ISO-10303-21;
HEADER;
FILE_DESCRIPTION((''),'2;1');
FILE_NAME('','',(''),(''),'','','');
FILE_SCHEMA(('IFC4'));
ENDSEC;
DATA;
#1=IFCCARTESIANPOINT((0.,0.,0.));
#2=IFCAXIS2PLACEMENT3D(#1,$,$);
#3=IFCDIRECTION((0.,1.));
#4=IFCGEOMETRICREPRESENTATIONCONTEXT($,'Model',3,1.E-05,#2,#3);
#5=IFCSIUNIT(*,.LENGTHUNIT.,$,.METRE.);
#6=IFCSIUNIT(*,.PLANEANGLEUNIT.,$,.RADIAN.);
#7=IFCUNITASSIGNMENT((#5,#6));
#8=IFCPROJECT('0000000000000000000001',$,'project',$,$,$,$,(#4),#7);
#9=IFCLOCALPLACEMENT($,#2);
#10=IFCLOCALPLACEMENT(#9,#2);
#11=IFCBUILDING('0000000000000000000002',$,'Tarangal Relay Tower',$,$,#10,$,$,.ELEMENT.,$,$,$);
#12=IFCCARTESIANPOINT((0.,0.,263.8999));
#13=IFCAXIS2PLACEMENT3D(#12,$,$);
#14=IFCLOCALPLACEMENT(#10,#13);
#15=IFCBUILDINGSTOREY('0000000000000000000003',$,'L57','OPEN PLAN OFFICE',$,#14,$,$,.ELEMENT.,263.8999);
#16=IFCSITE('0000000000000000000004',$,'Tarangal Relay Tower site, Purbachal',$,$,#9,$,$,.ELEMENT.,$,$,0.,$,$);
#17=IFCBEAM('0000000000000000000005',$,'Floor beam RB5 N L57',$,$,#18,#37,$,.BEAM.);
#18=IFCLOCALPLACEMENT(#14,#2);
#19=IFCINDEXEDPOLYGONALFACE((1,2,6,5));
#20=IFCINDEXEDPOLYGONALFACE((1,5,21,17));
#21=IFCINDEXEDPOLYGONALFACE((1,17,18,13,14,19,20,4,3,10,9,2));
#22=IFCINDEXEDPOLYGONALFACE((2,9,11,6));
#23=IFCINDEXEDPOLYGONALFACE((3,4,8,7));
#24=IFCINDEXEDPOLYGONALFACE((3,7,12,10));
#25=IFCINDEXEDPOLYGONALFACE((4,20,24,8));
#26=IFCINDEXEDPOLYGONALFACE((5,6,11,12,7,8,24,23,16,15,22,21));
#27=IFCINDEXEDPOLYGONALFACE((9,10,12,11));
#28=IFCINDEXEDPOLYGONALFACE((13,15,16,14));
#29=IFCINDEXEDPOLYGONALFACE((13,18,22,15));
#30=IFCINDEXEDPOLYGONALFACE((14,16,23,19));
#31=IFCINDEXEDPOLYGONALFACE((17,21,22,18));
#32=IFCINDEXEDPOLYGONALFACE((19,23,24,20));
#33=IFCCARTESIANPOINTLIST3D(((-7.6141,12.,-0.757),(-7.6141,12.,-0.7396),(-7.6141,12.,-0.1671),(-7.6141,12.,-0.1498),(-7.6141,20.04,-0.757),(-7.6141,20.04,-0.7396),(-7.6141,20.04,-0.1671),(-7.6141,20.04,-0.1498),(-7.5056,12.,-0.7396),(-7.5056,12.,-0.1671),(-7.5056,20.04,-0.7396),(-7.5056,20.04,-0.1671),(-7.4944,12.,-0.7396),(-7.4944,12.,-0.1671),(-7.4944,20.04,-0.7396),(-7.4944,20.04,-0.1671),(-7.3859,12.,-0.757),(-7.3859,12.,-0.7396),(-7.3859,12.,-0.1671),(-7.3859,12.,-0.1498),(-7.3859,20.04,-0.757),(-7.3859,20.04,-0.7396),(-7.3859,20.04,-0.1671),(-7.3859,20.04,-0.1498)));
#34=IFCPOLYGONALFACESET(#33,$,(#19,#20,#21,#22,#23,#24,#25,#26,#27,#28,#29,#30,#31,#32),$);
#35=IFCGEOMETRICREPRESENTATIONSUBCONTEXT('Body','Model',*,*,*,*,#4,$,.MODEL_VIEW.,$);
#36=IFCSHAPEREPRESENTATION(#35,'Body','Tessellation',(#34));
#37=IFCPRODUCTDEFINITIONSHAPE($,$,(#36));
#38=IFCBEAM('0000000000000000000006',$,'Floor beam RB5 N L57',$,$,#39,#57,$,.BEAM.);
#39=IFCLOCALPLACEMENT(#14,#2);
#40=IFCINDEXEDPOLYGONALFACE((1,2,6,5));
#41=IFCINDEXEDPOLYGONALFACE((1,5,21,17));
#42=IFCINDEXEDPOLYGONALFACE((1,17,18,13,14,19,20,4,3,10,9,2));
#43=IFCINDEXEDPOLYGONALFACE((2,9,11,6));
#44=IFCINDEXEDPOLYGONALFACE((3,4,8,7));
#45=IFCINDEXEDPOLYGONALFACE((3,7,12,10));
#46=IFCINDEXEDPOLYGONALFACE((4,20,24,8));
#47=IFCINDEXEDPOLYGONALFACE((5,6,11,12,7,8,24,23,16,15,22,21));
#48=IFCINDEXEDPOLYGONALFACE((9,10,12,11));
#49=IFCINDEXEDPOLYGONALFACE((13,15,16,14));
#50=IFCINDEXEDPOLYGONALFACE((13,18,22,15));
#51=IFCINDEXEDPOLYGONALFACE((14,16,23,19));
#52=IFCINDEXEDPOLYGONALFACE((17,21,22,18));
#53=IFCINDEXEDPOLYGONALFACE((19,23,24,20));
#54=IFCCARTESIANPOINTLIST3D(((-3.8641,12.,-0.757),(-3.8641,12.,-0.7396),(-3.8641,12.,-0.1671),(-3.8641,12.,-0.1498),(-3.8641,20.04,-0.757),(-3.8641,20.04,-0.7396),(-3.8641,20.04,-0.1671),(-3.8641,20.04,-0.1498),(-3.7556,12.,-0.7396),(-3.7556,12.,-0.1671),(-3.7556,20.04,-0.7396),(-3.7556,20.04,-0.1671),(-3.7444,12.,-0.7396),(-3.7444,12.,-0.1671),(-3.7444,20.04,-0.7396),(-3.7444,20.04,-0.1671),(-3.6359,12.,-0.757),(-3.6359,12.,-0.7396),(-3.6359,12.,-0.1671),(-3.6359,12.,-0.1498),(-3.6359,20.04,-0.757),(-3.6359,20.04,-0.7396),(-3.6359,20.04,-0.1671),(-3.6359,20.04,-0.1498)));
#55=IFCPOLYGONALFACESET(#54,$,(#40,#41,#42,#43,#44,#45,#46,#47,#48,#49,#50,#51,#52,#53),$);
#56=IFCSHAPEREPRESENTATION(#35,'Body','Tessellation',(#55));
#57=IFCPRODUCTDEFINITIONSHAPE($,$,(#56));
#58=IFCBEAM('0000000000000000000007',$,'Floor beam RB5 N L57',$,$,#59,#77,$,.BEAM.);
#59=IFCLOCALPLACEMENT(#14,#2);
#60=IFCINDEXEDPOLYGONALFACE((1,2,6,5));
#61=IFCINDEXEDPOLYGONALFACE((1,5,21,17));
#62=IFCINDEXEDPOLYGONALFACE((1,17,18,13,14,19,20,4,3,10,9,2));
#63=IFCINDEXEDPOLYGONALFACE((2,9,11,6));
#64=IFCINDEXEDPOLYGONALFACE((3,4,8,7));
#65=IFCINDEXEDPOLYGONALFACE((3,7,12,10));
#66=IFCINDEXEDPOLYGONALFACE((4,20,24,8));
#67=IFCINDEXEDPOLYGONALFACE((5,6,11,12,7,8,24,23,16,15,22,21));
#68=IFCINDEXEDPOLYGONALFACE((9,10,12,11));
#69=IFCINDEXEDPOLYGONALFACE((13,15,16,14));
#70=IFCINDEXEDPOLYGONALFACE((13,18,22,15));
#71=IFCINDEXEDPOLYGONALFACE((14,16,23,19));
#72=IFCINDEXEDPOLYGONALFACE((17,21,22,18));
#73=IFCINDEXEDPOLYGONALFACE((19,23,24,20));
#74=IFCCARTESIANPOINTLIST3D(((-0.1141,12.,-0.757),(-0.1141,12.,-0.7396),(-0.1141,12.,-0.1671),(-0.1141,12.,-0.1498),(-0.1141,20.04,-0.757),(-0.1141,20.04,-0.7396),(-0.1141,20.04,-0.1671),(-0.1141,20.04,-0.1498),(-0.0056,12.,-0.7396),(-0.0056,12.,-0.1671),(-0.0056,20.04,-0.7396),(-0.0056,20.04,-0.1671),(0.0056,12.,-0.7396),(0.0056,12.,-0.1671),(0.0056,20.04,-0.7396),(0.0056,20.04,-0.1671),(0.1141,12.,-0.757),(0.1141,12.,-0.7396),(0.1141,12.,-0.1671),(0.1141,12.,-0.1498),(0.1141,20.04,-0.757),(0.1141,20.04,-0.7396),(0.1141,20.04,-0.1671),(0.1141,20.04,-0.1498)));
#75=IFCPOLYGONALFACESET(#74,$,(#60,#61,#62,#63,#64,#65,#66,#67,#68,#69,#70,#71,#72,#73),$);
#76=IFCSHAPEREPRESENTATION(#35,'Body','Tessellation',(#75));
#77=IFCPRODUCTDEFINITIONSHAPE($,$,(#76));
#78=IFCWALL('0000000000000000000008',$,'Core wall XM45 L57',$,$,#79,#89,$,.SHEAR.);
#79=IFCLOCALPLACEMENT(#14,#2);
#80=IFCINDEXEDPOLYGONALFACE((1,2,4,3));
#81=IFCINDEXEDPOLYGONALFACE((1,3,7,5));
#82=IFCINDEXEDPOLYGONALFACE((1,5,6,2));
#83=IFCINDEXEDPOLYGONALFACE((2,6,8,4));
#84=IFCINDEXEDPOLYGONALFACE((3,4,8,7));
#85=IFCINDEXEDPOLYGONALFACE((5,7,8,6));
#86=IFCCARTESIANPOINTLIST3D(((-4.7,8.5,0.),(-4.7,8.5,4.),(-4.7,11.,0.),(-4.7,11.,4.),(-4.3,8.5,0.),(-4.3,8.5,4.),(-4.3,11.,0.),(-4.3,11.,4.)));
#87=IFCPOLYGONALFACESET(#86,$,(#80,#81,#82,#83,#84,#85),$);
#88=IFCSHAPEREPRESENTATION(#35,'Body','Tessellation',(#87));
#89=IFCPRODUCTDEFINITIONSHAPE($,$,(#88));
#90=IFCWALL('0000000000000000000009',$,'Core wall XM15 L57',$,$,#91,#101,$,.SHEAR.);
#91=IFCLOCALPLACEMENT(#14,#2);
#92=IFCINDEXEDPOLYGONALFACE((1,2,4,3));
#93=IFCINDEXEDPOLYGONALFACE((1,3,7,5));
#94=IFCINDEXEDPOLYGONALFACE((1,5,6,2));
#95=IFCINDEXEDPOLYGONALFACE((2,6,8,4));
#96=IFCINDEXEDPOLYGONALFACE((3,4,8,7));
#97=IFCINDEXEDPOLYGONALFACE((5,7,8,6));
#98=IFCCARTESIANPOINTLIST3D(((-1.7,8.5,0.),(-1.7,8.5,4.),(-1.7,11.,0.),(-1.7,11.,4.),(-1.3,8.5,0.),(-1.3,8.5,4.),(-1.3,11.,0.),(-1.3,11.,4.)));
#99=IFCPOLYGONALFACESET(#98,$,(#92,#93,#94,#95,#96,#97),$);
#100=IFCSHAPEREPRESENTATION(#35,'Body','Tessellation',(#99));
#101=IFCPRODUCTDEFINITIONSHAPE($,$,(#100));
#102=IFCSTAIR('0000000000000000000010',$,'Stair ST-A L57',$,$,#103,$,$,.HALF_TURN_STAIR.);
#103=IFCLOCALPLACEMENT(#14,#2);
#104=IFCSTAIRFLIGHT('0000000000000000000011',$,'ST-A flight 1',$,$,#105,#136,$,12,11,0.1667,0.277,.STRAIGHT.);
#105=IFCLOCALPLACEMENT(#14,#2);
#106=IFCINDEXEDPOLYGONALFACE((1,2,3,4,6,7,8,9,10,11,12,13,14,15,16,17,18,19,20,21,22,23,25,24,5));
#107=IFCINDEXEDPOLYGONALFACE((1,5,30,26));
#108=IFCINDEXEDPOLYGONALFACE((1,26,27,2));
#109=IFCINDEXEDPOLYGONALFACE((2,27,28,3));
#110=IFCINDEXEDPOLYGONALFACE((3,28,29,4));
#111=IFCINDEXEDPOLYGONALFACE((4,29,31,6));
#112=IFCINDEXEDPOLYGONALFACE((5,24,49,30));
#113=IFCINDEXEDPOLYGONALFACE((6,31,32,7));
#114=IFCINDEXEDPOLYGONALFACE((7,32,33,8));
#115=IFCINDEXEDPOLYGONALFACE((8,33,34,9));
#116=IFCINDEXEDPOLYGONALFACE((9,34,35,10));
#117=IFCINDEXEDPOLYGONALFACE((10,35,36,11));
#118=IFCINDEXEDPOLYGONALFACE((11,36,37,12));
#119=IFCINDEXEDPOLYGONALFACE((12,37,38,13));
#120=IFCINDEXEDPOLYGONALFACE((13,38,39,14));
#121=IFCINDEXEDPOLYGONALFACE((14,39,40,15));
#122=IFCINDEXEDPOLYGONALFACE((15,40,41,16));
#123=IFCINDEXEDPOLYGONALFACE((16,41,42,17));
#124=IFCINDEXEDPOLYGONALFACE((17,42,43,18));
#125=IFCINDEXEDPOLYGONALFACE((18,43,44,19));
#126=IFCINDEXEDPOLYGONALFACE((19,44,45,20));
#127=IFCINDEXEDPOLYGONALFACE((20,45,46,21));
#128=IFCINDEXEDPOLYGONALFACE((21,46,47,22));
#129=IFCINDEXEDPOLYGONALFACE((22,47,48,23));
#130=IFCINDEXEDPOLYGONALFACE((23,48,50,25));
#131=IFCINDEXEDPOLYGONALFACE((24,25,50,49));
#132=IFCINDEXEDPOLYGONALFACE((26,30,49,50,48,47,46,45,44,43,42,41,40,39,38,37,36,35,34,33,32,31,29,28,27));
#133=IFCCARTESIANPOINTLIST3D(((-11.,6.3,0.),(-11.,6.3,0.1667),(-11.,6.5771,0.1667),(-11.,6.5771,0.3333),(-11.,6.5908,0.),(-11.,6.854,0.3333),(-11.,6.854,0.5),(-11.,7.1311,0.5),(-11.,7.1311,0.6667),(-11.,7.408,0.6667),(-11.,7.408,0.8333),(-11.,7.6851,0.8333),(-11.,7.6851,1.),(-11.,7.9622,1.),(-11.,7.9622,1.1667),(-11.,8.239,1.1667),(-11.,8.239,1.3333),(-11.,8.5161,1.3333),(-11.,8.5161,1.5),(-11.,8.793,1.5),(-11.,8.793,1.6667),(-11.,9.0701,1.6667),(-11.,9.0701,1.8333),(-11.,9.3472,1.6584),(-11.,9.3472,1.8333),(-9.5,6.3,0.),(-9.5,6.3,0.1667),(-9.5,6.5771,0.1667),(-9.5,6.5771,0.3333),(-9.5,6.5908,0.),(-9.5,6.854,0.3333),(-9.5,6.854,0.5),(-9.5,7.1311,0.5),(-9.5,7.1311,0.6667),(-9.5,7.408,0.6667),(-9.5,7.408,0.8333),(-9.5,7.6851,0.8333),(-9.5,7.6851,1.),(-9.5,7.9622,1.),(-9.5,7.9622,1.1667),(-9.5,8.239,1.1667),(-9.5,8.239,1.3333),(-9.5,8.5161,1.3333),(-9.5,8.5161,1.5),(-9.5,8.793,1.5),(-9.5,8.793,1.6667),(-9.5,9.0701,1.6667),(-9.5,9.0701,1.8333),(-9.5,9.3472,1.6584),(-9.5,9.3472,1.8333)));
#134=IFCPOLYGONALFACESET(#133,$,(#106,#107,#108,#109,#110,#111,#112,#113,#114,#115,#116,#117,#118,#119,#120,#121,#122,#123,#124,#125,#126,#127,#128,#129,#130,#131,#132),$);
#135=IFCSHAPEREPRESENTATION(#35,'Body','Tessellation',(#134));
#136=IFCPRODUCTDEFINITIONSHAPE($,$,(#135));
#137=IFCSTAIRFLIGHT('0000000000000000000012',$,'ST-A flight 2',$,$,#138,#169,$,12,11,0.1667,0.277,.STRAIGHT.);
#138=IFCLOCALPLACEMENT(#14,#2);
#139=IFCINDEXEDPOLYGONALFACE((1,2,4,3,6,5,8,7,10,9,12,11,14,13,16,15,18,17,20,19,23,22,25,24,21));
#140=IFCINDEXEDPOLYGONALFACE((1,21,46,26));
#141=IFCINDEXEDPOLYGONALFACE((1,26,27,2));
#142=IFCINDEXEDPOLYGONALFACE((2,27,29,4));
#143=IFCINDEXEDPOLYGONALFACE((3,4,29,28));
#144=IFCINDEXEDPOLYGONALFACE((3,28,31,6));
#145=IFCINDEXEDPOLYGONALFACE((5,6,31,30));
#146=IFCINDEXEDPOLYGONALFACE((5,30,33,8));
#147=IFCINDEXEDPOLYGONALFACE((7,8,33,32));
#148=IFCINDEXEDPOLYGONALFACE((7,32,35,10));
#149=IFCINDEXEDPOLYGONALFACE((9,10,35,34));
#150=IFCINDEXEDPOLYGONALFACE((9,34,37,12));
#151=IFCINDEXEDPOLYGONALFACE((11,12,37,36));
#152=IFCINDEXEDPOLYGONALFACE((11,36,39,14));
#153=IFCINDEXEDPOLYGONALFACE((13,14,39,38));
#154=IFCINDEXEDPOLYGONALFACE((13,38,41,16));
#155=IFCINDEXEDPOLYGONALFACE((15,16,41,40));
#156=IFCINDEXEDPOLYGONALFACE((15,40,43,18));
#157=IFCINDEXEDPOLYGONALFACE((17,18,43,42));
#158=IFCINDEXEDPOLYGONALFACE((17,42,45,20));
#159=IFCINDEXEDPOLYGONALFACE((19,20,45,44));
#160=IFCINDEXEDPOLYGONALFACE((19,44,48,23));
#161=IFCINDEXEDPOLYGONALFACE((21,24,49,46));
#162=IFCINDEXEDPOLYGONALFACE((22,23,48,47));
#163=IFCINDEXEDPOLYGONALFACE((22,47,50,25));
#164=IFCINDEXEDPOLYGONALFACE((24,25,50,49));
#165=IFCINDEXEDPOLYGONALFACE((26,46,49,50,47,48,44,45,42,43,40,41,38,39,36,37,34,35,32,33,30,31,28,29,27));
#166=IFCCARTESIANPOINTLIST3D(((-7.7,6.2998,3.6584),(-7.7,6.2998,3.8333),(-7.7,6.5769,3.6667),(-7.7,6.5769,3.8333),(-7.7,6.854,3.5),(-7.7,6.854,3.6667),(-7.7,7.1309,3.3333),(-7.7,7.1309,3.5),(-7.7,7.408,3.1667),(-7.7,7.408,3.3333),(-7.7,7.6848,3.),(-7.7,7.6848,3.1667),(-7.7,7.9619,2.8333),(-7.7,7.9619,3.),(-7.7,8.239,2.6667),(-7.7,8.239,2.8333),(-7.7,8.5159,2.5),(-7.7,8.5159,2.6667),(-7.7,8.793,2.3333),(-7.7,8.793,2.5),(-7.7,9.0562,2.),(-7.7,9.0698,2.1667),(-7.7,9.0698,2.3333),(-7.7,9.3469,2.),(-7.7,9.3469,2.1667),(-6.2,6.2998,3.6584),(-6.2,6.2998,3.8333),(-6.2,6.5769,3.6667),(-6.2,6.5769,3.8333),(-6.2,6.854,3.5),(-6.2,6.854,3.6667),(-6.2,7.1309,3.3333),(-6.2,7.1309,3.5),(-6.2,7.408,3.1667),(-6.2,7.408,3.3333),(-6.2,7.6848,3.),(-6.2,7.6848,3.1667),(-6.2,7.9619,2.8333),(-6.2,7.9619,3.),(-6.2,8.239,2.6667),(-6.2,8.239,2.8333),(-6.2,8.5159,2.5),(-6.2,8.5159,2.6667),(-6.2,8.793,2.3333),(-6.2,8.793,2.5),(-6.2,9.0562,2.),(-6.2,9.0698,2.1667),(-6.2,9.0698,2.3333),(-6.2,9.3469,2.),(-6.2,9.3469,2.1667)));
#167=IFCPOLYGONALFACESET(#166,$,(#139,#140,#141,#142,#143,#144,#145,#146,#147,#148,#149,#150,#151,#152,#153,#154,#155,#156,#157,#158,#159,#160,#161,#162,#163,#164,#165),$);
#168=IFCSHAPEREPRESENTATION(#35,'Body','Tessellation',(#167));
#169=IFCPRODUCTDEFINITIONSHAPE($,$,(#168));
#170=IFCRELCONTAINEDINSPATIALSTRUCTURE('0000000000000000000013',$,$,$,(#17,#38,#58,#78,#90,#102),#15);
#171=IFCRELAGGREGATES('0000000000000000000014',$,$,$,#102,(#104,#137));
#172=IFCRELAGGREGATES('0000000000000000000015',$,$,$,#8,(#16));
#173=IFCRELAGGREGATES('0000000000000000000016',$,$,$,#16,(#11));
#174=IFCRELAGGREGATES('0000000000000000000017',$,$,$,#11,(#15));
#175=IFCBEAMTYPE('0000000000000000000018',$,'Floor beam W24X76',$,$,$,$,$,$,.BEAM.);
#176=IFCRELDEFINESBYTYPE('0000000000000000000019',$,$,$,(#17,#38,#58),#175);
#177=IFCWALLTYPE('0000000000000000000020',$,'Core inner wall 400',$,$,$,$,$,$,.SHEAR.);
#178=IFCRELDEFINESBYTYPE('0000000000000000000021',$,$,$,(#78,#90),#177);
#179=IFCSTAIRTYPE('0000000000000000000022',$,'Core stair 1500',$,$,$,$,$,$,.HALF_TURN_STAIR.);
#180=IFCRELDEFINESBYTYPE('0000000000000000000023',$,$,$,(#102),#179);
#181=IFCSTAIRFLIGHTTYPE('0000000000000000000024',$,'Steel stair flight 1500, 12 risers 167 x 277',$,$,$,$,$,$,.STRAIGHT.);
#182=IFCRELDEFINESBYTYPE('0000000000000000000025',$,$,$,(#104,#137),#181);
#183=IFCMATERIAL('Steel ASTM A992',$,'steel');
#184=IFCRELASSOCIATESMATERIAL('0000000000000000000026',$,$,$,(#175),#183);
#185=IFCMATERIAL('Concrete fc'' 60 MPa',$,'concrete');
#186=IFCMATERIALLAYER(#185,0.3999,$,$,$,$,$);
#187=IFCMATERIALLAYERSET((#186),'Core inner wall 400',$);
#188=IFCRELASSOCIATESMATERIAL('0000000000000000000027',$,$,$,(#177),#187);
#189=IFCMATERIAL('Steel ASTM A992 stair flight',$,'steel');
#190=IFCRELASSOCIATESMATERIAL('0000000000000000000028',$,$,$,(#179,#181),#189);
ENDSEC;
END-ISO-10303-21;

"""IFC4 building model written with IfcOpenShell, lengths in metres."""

from ifc_helpers import new_model, si_unit, direction, frame, frame_2d, origin, origin_2d, place, context, subcontext, project, spatial, polyline, rectangle, i_section, outline, extrude, material, layer, layer_set, material_profile, profile_set, type_object, element, aggregate, save


model = new_model("IFC4")

# Units and contexts
model_context = context("Model", 3, precision=1e-05, world=origin(), true_north=direction((0.0, 1.0)))
body_context = subcontext(model_context, "Body", "Model", "MODEL_VIEW")
ifc_project = project(units=[si_unit("LENGTHUNIT", "METRE"), si_unit("PLANEANGLEUNIT", "RADIAN")], contexts=[model_context])

# Site, building, storey
site_placement = place(None, origin())
site = spatial("IfcSite", under=ifc_project, at=site_placement, Name="Tarangal Relay Tower site, Purbachal", CompositionType="ELEMENT", RefElevation=0.0)
building_placement = place(site_placement, origin())
building = spatial("IfcBuilding", under=site, at=building_placement, Name="Tarangal Relay Tower", CompositionType="ELEMENT")
storey_placement = place(building_placement, frame((0.0, 0.0, 263.8999)))
storey = spatial("IfcBuildingStorey", under=building, at=storey_placement, Name="L57", Description="OPEN PLAN OFFICE", CompositionType="ELEMENT", Elevation=263.8999)

# Beams
ifc_material_1 = material(Name="Steel ASTM A992", Category="steel")
ifc_material_profile = material_profile(ifc_material_1, i_section(OverallWidth=0.2283, OverallDepth=0.6072, WebThickness=0.0112, FlangeThickness=0.0173, at=origin_2d()), Name="W24X76")
ifc_profile_set = profile_set([ifc_material_profile], Name="Steel ASTM A992")
beam_type = type_object("IfcBeamType", Name="Floor beam W24X76", PredefinedType="BEAM", material=ifc_profile_set)
for number, where, z_axis, x_axis, name in (
    (1, (-7.5, 12.0, -0.4534), (0.0, 1.0, 0.0), (-1.0, 0.0, 0.0), "Floor beam RB5 N L57"),
    (2, (-3.75, 12.0, -0.4534), (0.0, 1.0, 0.0), (-1.0, 0.0, 0.0), "Floor beam RB5 N L57"),
    (3, (0.0, 12.0, -0.4534), (0.0, 1.0, 0.0), (-1.0, 0.0, 0.0), "Floor beam RB5 N L57"),
):
    element("IfcBeam", number, at=place(storey_placement, frame(where, z_axis=z_axis, x_axis=x_axis)), inside=storey, type_object=beam_type, Name=name, PredefinedType="BEAM", context=body_context, shape_type="SweptSolid", body=[
        extrude(i_section(OverallWidth=0.2283, OverallDepth=0.6072, WebThickness=0.0112, FlangeThickness=0.0173, at=origin_2d()), origin(), (0.0, 0.0, 1.0), 8.04),
    ])

# Shared definitions
ifc_material_2 = material(Name="Concrete fc' 60 MPa", Category="concrete")
ifc_layer = layer(ifc_material_2, 0.3999)
ifc_layer_set = layer_set([ifc_layer], Name="Core inner wall 400")
wall_type = type_object("IfcWallType", Name="Core inner wall 400", PredefinedType="SHEAR", material=ifc_layer_set)

# Walls
for number, where, z_axis, x_axis, name in (
    (4, (-4.5, 8.5, 0.0), (0.0, 0.0, 1.0), (0.0, 1.0, 0.0), "Core wall XM45 L57"),
    (5, (-1.5, 8.5, 0.0), (0.0, 0.0, 1.0), (0.0, 1.0, 0.0), "Core wall XM15 L57"),
):
    element("IfcWall", number, at=place(storey_placement, frame(where, z_axis=z_axis, x_axis=x_axis)), inside=storey, type_object=wall_type, Name=name, PredefinedType="SHEAR", context=body_context, shape_type="SweptSolid", body=[
        extrude(rectangle(XDim=2.5, YDim=0.3999, at=frame_2d((1.25, 0.0))), origin(), (0.0, 0.0, 1.0), 4.0),
    ])

# Stair, stair flights
ifc_material_3 = material(Name="Steel ASTM A992 stair flight", Category="steel")
stair_type = type_object("IfcStairType", Name="Core stair 1500", PredefinedType="HALF_TURN_STAIR", material=ifc_material_3)
stair_placement = place(storey_placement, origin())
stair = element("IfcStair", 6, at=stair_placement, inside=storey, type_object=stair_type, Name="Stair ST-A L57", PredefinedType="HALF_TURN_STAIR")
stair_flight_type = type_object("IfcStairFlightType", Name="Steel stair flight 1500, 12 risers 167 x 277", PredefinedType="STRAIGHT", material=ifc_material_3)
stair_flight_1_placement = place(storey_placement, frame((-10.25, 6.3, 0.0), z_axis=(0.0, 0.0, 1.0), x_axis=(0.0, 1.0, 0.0)))
stair_flight_1 = element("IfcStairFlight", 7, at=stair_flight_1_placement, type_object=stair_flight_type, Name="ST-A flight 1", NumberOfRisers=12, NumberOfTreads=11, PredefinedType="STRAIGHT", RiserHeight=0.1667, TreadLength=0.277, context=body_context, shape_type="SweptSolid", body=[
    extrude(outline(polyline([(0.0, 0.0), (0.0, 0.1667), (0.2771, 0.1667), (0.2771, 0.3333), (0.554, 0.3333), (0.554, 0.5), (0.8311, 0.5), (0.8311, 0.6667), (1.1079, 0.6667), (1.1079, 0.8333), (1.385, 0.8333), (1.385, 1.0), (1.6621, 1.0), (1.6621, 1.1667), (1.939, 1.1667), (1.939, 1.3333), (2.2161, 1.3333), (2.2161, 1.5), (2.4929, 1.5), (2.4929, 1.6667), (2.77, 1.6667), (2.77, 1.8333), (3.0471, 1.8333), (3.0471, 2.0), (3.0471, 1.6584), (0.2908, 0.0), (0.0, 0.0)])), frame((0.0, 0.75, 0.0), z_axis=(0.0, -1.0, 0.0), x_axis=(1.0, 0.0, 0.0)), (0.0, 0.0, 1.0), 1.5),
])
stair_flight_2_placement = place(storey_placement, frame((-6.95, 9.3469, 2.0), z_axis=(0.0, 0.0, 1.0), x_axis=(0.0, -1.0, 0.0)))
stair_flight_2 = element("IfcStairFlight", 8, at=stair_flight_2_placement, type_object=stair_flight_type, Name="ST-A flight 2", NumberOfRisers=12, NumberOfTreads=11, PredefinedType="STRAIGHT", RiserHeight=0.1667, TreadLength=0.277, context=body_context, shape_type="SweptSolid", body=[
    extrude(outline(polyline([(0.0, 0.0), (0.0, 0.1667), (0.2771, 0.1667), (0.2771, 0.3333), (0.554, 0.3333), (0.554, 0.5), (0.8311, 0.5), (0.8311, 0.6667), (1.1079, 0.6667), (1.1079, 0.8333), (1.385, 0.8333), (1.385, 1.0), (1.6621, 1.0), (1.6621, 1.1667), (1.939, 1.1667), (1.939, 1.3333), (2.2161, 1.3333), (2.2161, 1.5), (2.4929, 1.5), (2.4929, 1.6667), (2.77, 1.6667), (2.77, 1.8333), (3.0471, 1.8333), (3.0471, 2.0), (3.0471, 1.6584), (0.2908, 0.0), (0.0, 0.0)])), frame((0.0, 0.75, 0.0), z_axis=(0.0, -1.0, 0.0), x_axis=(1.0, 0.0, 0.0)), (0.0, 0.0, 1.0), 1.5),
])
aggregate(stair, [stair_flight_1, stair_flight_2])

save(model, "model.ifc")
